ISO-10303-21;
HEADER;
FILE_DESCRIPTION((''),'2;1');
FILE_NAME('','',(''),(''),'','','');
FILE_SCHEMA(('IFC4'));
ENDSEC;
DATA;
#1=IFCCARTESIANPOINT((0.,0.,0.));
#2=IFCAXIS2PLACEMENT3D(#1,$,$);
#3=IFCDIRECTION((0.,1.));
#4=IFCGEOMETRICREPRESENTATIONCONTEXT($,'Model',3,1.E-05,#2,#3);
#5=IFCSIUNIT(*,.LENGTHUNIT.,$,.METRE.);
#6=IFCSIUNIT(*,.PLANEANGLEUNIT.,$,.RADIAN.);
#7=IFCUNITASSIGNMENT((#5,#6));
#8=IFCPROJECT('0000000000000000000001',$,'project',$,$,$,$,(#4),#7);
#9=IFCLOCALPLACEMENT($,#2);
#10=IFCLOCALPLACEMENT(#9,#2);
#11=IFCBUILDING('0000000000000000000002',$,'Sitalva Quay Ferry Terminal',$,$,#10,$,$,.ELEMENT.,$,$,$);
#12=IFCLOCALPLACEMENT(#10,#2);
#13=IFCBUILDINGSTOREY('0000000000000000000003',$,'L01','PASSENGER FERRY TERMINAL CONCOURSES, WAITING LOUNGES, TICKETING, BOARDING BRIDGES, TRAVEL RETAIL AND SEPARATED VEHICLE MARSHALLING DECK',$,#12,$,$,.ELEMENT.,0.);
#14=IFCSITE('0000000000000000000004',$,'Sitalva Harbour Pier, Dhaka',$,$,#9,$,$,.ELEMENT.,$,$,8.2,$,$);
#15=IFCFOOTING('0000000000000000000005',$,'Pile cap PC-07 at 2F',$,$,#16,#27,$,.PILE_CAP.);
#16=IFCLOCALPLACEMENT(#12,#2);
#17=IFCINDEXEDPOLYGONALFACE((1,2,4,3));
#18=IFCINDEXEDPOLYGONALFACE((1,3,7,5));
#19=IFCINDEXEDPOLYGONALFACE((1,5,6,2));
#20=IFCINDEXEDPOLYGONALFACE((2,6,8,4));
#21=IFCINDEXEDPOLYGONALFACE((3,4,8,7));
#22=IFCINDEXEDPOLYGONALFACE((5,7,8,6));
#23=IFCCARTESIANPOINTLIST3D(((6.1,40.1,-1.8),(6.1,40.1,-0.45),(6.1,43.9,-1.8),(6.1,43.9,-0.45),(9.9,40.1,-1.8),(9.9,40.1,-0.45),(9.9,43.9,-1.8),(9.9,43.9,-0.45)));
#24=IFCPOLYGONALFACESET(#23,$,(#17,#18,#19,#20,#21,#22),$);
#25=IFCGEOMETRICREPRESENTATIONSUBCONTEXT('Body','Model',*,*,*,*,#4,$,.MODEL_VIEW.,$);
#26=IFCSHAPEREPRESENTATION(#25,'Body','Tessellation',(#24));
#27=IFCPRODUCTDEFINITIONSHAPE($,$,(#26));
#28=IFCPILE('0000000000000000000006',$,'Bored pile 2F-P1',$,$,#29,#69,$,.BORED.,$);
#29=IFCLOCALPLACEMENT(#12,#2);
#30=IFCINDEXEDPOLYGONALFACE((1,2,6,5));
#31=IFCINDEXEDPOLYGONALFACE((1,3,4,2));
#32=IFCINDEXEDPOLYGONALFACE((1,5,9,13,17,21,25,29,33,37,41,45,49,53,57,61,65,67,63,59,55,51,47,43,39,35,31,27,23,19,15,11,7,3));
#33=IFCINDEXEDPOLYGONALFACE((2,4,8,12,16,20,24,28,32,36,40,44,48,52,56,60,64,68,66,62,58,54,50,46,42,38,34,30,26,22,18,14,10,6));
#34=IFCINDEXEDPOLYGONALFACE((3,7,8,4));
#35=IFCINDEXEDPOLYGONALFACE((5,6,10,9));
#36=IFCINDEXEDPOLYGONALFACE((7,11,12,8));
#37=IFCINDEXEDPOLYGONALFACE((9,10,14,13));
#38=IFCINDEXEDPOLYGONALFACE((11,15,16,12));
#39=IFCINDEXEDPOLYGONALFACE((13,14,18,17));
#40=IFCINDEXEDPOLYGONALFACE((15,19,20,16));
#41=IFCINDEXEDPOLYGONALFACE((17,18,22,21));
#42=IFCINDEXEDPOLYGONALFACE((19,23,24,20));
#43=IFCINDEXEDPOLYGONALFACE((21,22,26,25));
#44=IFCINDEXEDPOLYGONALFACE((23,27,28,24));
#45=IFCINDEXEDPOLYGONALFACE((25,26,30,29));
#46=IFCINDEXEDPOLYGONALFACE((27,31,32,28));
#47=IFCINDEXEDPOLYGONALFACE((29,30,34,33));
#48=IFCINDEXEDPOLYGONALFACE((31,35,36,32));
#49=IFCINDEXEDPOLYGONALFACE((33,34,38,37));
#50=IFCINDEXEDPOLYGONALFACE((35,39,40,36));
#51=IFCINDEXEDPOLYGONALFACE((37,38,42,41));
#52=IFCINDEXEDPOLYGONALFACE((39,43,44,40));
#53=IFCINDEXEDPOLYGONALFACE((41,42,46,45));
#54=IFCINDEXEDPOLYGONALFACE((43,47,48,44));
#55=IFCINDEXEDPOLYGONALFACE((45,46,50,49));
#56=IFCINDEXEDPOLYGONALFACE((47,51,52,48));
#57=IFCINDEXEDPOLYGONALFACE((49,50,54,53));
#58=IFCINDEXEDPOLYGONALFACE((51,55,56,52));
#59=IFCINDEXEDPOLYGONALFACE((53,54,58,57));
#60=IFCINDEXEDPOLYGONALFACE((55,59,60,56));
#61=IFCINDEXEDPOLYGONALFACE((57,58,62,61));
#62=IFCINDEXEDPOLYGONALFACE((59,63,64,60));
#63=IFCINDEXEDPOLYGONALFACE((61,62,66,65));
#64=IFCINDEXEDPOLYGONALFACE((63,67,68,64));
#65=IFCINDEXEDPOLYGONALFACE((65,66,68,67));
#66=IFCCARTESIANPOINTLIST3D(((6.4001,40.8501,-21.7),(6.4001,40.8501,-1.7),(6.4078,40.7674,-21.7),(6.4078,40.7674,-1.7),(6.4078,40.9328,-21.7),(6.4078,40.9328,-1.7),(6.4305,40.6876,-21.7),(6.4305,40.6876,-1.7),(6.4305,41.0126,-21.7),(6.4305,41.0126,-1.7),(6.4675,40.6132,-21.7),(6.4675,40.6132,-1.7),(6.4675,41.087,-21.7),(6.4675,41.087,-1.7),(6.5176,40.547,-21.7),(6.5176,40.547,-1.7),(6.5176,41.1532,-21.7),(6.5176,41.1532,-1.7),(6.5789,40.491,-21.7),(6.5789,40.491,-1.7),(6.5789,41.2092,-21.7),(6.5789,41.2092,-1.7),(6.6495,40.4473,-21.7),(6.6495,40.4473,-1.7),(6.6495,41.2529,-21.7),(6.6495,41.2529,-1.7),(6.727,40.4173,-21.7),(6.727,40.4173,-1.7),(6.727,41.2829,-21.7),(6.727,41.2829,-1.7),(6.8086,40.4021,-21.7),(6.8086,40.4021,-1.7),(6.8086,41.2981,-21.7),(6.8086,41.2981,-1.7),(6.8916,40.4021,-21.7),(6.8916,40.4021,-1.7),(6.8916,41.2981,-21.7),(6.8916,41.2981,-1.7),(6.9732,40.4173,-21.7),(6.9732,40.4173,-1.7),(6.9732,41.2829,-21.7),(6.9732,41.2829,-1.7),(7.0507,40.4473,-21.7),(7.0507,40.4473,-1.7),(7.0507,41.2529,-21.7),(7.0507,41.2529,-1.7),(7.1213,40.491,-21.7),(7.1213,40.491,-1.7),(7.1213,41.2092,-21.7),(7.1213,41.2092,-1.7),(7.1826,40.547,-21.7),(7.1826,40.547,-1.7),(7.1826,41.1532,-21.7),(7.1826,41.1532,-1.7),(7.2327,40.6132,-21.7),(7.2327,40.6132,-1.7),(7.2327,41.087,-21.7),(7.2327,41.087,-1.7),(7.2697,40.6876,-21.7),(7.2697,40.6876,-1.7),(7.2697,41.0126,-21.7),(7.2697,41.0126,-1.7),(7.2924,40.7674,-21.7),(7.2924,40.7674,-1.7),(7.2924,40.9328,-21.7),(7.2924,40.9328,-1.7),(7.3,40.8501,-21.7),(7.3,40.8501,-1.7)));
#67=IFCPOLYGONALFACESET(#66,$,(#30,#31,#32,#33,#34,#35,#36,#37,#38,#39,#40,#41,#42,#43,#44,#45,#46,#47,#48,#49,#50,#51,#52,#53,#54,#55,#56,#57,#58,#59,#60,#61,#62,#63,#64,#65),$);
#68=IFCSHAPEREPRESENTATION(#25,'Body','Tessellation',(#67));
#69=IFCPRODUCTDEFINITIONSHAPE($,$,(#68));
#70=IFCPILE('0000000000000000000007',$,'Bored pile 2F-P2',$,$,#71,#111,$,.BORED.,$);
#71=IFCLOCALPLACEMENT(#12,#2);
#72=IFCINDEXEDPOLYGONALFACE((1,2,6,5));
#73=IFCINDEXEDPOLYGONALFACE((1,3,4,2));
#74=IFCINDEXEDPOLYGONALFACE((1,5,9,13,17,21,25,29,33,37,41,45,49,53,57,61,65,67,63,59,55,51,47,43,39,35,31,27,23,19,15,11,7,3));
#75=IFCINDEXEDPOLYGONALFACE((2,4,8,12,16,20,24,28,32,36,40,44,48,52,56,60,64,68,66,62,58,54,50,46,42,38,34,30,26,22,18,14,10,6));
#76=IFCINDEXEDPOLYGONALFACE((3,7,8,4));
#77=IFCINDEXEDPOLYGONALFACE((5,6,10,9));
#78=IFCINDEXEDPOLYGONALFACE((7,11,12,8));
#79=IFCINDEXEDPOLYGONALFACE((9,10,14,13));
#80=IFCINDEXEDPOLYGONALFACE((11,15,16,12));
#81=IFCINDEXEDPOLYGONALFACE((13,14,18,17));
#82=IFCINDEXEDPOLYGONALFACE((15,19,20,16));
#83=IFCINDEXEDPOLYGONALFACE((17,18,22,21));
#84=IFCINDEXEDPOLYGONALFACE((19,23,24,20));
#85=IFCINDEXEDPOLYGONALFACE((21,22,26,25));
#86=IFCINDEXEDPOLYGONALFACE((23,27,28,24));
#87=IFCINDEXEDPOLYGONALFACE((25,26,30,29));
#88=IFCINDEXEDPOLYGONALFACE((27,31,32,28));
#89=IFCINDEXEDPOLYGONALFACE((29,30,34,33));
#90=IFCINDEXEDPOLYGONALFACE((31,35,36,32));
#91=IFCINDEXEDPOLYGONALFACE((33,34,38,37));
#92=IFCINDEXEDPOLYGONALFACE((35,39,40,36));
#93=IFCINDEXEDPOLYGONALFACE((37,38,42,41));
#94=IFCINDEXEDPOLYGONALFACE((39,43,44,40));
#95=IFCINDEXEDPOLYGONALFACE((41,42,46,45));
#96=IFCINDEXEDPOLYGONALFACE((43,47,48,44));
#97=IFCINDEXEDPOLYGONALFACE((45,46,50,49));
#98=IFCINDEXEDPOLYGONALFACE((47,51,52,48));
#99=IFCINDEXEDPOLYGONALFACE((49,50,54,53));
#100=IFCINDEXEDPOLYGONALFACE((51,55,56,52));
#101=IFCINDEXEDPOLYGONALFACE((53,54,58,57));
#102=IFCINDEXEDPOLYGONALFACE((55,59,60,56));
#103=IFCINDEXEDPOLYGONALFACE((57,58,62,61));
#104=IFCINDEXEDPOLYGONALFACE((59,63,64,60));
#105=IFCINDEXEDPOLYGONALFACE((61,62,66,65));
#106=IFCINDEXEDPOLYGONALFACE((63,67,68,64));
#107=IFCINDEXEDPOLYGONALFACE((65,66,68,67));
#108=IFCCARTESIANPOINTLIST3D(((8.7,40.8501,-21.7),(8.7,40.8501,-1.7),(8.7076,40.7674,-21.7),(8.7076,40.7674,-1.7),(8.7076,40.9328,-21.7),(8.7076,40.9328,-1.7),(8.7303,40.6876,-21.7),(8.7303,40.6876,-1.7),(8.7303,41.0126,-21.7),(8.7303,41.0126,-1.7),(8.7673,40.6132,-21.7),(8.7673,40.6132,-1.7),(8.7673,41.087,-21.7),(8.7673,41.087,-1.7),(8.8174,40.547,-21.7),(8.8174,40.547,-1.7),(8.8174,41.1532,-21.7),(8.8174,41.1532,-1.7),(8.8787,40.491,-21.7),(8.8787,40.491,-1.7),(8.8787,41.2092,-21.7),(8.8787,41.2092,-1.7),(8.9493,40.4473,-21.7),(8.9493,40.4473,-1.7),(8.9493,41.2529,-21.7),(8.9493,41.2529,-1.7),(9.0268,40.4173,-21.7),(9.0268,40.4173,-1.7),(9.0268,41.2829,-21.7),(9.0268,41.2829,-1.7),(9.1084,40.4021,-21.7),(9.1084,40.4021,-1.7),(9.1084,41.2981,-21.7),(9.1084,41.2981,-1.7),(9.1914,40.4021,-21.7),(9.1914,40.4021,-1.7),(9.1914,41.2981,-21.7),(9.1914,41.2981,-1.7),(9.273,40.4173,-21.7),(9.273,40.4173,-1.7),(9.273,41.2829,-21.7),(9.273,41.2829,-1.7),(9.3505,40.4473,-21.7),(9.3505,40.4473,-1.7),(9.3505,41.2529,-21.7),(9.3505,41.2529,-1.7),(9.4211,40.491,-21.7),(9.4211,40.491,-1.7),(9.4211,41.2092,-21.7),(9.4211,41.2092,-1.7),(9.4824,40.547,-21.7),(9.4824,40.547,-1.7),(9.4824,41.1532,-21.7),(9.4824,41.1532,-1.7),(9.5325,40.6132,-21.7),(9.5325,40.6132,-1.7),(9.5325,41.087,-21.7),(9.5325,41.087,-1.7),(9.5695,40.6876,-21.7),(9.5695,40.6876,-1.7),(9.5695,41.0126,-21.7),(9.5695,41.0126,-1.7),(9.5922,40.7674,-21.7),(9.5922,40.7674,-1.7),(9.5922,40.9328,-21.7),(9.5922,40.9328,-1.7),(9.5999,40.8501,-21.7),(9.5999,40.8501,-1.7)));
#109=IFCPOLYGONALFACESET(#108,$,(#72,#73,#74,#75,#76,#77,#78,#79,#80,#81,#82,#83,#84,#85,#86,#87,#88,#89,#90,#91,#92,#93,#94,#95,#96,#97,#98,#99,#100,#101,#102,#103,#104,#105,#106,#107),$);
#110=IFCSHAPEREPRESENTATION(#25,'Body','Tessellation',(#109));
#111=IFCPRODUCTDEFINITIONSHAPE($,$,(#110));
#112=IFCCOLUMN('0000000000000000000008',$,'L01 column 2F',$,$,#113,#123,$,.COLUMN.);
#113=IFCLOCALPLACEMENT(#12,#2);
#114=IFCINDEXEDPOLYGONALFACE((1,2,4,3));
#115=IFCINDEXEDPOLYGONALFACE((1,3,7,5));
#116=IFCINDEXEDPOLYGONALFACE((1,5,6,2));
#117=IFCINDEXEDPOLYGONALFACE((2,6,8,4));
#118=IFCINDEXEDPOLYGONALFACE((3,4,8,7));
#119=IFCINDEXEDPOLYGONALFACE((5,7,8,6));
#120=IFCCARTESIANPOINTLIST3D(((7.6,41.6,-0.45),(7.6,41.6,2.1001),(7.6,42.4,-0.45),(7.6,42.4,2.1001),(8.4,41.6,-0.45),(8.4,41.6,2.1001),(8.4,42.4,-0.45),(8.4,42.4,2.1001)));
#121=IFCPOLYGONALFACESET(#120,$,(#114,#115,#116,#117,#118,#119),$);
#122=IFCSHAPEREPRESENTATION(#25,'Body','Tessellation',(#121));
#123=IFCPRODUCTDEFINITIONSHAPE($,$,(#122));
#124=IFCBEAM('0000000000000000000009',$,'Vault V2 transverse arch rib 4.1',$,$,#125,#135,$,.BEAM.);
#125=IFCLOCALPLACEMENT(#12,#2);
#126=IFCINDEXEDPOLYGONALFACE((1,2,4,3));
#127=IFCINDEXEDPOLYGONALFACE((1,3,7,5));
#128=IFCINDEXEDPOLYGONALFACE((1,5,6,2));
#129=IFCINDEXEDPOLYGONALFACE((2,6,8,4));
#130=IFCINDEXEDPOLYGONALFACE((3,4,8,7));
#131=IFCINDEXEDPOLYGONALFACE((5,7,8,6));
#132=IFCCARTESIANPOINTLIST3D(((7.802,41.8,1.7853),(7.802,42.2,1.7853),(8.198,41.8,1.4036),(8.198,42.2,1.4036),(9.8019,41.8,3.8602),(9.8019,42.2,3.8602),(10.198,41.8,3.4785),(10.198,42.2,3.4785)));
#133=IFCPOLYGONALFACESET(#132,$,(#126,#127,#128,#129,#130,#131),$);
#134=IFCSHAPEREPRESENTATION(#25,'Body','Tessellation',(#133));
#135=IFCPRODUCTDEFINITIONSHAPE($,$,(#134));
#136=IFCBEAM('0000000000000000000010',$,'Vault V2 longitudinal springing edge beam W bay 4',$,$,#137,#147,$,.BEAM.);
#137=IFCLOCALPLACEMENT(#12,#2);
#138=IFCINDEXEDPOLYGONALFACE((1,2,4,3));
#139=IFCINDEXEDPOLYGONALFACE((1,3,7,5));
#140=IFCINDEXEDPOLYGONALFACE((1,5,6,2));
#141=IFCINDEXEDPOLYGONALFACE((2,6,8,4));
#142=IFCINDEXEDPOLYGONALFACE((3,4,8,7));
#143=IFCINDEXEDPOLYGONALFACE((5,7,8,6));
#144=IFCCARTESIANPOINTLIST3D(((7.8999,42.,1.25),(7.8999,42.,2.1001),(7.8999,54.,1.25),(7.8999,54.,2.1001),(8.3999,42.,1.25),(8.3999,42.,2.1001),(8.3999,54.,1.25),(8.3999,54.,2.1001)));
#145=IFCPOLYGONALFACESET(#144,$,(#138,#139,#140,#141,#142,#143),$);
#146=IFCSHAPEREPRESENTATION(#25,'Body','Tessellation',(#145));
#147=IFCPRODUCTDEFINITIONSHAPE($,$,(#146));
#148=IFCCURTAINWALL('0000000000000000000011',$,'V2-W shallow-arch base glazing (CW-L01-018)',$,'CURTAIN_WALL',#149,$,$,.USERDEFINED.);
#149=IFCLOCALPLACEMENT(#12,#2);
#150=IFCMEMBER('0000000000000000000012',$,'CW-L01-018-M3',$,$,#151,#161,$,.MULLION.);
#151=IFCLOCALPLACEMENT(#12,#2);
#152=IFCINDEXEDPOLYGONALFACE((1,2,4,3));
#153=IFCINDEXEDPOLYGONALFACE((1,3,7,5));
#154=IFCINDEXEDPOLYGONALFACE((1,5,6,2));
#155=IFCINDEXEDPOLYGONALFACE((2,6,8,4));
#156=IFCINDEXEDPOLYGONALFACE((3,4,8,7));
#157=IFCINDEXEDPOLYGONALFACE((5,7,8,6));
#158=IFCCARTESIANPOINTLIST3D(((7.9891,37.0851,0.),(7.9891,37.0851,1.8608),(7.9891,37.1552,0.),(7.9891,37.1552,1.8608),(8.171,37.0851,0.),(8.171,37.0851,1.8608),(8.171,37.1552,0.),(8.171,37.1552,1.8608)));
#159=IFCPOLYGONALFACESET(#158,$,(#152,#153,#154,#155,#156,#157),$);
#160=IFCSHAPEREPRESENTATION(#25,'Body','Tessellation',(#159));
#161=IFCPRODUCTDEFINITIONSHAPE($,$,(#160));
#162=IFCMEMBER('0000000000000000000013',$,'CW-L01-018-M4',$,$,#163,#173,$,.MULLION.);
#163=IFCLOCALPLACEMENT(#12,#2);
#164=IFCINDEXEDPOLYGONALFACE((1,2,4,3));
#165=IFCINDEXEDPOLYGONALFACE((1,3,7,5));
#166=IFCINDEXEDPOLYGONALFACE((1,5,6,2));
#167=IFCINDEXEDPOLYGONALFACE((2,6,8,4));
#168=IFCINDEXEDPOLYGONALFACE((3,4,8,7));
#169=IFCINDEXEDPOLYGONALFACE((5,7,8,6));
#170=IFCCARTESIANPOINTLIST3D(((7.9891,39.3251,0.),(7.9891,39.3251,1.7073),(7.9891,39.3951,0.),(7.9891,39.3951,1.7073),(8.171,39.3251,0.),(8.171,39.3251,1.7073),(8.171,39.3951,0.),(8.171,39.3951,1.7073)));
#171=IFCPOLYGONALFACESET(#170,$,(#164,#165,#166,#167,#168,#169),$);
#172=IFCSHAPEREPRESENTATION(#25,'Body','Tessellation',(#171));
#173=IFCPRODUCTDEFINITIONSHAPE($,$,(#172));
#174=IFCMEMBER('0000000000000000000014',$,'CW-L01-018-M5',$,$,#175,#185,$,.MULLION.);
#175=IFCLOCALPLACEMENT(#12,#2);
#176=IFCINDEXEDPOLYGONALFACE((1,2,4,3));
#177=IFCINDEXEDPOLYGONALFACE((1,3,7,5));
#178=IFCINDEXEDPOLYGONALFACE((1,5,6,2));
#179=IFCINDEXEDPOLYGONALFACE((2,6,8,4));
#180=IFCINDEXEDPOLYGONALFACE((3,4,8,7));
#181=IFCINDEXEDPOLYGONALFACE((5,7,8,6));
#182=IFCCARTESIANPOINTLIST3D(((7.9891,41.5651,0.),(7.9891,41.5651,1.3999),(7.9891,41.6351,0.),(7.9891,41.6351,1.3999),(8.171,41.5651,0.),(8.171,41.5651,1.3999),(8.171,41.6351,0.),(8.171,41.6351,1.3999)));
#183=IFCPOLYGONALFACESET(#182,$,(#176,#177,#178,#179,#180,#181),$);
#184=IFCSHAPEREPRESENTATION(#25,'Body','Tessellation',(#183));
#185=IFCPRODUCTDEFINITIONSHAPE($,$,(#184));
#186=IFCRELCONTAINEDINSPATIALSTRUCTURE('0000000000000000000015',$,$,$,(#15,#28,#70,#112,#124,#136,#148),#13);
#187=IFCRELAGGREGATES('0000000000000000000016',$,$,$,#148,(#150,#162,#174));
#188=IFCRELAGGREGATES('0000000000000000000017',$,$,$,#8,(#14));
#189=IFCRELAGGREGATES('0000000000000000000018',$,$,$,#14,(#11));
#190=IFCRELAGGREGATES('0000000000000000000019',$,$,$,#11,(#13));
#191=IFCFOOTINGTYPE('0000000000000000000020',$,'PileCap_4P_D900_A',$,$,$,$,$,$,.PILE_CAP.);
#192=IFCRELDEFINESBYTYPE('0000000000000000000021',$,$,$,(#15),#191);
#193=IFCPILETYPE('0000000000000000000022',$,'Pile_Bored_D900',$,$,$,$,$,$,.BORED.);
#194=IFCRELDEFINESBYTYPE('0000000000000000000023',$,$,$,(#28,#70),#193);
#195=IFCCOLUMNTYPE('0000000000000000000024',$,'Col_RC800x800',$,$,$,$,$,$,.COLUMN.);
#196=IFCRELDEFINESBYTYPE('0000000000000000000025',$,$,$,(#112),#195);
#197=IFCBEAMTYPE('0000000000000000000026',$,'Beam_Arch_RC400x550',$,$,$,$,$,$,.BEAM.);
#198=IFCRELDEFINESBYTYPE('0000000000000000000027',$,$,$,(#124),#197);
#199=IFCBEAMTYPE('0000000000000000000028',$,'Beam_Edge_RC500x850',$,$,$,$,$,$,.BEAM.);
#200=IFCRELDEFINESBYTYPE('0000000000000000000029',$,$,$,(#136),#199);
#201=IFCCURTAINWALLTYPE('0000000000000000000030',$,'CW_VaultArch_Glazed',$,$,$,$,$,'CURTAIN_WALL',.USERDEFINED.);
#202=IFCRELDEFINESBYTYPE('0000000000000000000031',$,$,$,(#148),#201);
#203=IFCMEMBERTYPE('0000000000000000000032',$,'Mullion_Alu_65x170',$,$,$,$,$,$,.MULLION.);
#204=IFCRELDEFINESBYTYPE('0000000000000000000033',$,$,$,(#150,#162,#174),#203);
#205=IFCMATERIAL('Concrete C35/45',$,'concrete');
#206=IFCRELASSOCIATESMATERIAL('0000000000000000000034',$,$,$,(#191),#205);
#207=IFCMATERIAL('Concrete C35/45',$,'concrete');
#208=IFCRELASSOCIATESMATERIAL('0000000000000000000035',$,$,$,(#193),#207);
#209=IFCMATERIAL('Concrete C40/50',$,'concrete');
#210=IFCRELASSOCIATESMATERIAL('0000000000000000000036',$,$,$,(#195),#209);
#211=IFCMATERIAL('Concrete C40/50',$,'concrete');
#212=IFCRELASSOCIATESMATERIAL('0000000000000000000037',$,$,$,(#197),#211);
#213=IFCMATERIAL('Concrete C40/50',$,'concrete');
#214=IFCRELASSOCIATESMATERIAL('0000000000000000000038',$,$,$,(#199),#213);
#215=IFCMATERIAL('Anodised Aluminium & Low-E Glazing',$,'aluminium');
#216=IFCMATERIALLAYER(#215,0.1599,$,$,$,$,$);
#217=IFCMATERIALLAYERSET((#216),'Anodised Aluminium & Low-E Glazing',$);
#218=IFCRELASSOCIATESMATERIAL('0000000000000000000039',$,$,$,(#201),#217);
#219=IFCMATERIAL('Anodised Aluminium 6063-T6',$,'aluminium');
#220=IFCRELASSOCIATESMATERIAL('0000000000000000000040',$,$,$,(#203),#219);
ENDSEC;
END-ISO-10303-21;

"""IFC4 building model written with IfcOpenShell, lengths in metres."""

from ifc_helpers import new_model, si_unit, direction, frame, origin, origin_2d, place, context, subcontext, project, spatial, rectangle, circle, extrude, material, layer, layer_set, material_profile, profile_set, type_object, element, aggregate, save


model = new_model("IFC4")

# Units and contexts
model_context = context("Model", 3, precision=1e-05, world=origin(), true_north=direction((0.0, 1.0)))
body_context = subcontext(model_context, "Body", "Model", "MODEL_VIEW")
ifc_project = project(units=[si_unit("LENGTHUNIT", "METRE"), si_unit("PLANEANGLEUNIT", "RADIAN")], contexts=[model_context])

# Site, building, storey
site_placement = place(None, origin())
site = spatial("IfcSite", under=ifc_project, at=site_placement, Name="Sitalva Harbour Pier, Dhaka", CompositionType="ELEMENT", RefElevation=8.2)
building_placement = place(site_placement, origin())
building = spatial("IfcBuilding", under=site, at=building_placement, Name="Sitalva Quay Ferry Terminal", CompositionType="ELEMENT")
storey_placement = place(building_placement, origin())
storey = spatial("IfcBuildingStorey", under=building, at=storey_placement, Name="L01", Description="PASSENGER FERRY TERMINAL CONCOURSES, WAITING LOUNGES, TICKETING, BOARDING BRIDGES, TRAVEL RETAIL AND SEPARATED VEHICLE MARSHALLING DECK", CompositionType="ELEMENT", Elevation=0.0)

# Footing
ifc_material_1 = material(Name="Concrete C35/45", Category="concrete")
footing_type = type_object("IfcFootingType", Name="PileCap_4P_D900_A", PredefinedType="PILE_CAP", material=ifc_material_1)
footing_placement = place(storey_placement, frame((8.0, 42.0, -1.8), z_axis=(0.0, 0.0, 1.0), x_axis=(1.0, 0.0, 0.0)))
element("IfcFooting", 1, at=footing_placement, inside=storey, type_object=footing_type, Name="Pile cap PC-07 at 2F", PredefinedType="PILE_CAP", context=body_context, shape_type="SweptSolid", body=[
    extrude(rectangle(XDim=3.8, YDim=3.8, at=origin_2d()), origin(), (0.0, 0.0, 1.0), 1.3501),
])

# Piles
ifc_material_2 = material(Name="Concrete C35/45", Category="concrete")
ifc_material_profile_1 = material_profile(ifc_material_2, circle(Radius=0.45, at=origin_2d()), Name="PILE-D900")
ifc_profile_set_1 = profile_set([ifc_material_profile_1], Name="Concrete C35/45")
pile_type = type_object("IfcPileType", Name="Pile_Bored_D900", PredefinedType="BORED", material=ifc_profile_set_1)
for number, where, z_axis, x_axis, name in (
    (2, (6.8501, 40.8501, -1.7), (0.0, 0.0, -1.0), (1.0, 0.0, 0.0), "Bored pile 2F-P1"),
    (3, (9.1499, 40.8501, -1.7), (0.0, 0.0, -1.0), (1.0, 0.0, 0.0), "Bored pile 2F-P2"),
):
    element("IfcPile", number, at=place(storey_placement, frame(where, z_axis=z_axis, x_axis=x_axis)), inside=storey, type_object=pile_type, Name=name, PredefinedType="BORED", context=body_context, shape_type="SweptSolid", body=[
        extrude(circle(Radius=0.45, at=origin_2d()), origin(), (0.0, 0.0, 1.0), 20.0),
    ])

# Column
ifc_material_3 = material(Name="Concrete C40/50", Category="concrete")
ifc_material_profile_2 = material_profile(ifc_material_3, rectangle(XDim=0.8, YDim=0.8, at=origin_2d()), Name="RC800x800")
ifc_profile_set_2 = profile_set([ifc_material_profile_2], Name="Concrete C40/50")
column_type = type_object("IfcColumnType", Name="Col_RC800x800", PredefinedType="COLUMN", material=ifc_profile_set_2)
column_placement = place(storey_placement, frame((8.0, 42.0, -0.45), z_axis=(0.0, 0.0, 1.0), x_axis=(1.0, 0.0, 0.0)))
element("IfcColumn", 4, at=column_placement, inside=storey, type_object=column_type, Name="L01 column 2F", PredefinedType="COLUMN", context=body_context, shape_type="SweptSolid", body=[
    extrude(rectangle(XDim=0.8, YDim=0.8, at=origin_2d()), origin(), (0.0, 0.0, 1.0), 2.55),
])

# Beams
ifc_material_4 = material(Name="Concrete C40/50", Category="concrete")
ifc_material_profile_3 = material_profile(ifc_material_4, rectangle(XDim=0.3999, YDim=0.55, at=origin_2d()), Name="RC400x550")
ifc_profile_set_3 = profile_set([ifc_material_profile_3], Name="Concrete C40/50")
beam_type_1 = type_object("IfcBeamType", Name="Beam_Arch_RC400x550", PredefinedType="BEAM", material=ifc_profile_set_3)
beam_1_placement = place(storey_placement, frame((8.0, 42.0, 1.5945), z_axis=(0.693983, 0.0, 0.719991), x_axis=(0.0, 1.0, 0.0)))
element("IfcBeam", 5, at=beam_1_placement, inside=storey, type_object=beam_type_1, Name="Vault V2 transverse arch rib 4.1", PredefinedType="BEAM", context=body_context, shape_type="SweptSolid", body=[
    extrude(rectangle(XDim=0.3999, YDim=0.55, at=origin_2d()), origin(), (0.0, 0.0, 1.0), 2.8818),
])
ifc_material_5 = material(Name="Concrete C40/50", Category="concrete")
ifc_material_profile_4 = material_profile(ifc_material_5, rectangle(XDim=0.5, YDim=0.8501, at=origin_2d()), Name="RC500x850")
ifc_profile_set_4 = profile_set([ifc_material_profile_4], Name="Concrete C40/50")
beam_type_2 = type_object("IfcBeamType", Name="Beam_Edge_RC500x850", PredefinedType="BEAM", material=ifc_profile_set_4)
beam_2_placement = place(storey_placement, frame((8.1499, 42.0, 1.675), z_axis=(0.0, 1.0, 0.0), x_axis=(-1.0, 0.0, 0.0)))
element("IfcBeam", 6, at=beam_2_placement, inside=storey, type_object=beam_type_2, Name="Vault V2 longitudinal springing edge beam W bay 4", PredefinedType="BEAM", context=body_context, shape_type="SweptSolid", body=[
    extrude(rectangle(XDim=0.5, YDim=0.8501, at=origin_2d()), origin(), (0.0, 0.0, 1.0), 12.0),
])

# Curtain wall, members
ifc_material_6 = material(Name="Anodised Aluminium & Low-E Glazing", Category="aluminium")
ifc_layer_1 = layer(ifc_material_6, 0.1599)
ifc_layer_set_1 = layer_set([ifc_layer_1], Name="Anodised Aluminium & Low-E Glazing")
curtain_wall_type = type_object("IfcCurtainWallType", Name="CW_VaultArch_Glazed", ElementType="CURTAIN_WALL", PredefinedType="USERDEFINED", material=ifc_layer_set_1)
curtain_wall_placement = place(storey_placement, origin())
curtain_wall = element("IfcCurtainWall", 7, at=curtain_wall_placement, inside=storey, type_object=curtain_wall_type, Name="V2-W shallow-arch base glazing (CW-L01-018)", ObjectType="CURTAIN_WALL", PredefinedType="USERDEFINED")
ifc_material_7 = material(Name="Anodised Aluminium 6063-T6", Category="aluminium")
ifc_material_profile_5 = material_profile(ifc_material_7, rectangle(XDim=0.0701, YDim=0.1819, at=origin_2d()), Name="ALU70x182")
ifc_profile_set_5 = profile_set([ifc_material_profile_5], Name="Anodised Aluminium 6063-T6")
member_type_1 = type_object("IfcMemberType", Name="Mullion_Alu_65x170", PredefinedType="MULLION", material=ifc_profile_set_5)
member_1_placement = place(storey_placement, frame((8.0801, 37.1201, 0.0), z_axis=(0.0, 0.0, 1.0), x_axis=(0.0, 1.0, 0.0)))
member_1 = element("IfcMember", 8, at=member_1_placement, type_object=member_type_1, Name="CW-L01-018-M3", PredefinedType="MULLION", context=body_context, shape_type="SweptSolid", body=[
    extrude(rectangle(XDim=0.0701, YDim=0.1819, at=origin_2d()), origin(), (0.0, 0.0, 1.0), 1.8608),
])
member_2_placement = place(storey_placement, frame((8.0801, 39.3601, 0.0), z_axis=(0.0, 0.0, 1.0), x_axis=(0.0, 1.0, 0.0)))
member_2 = element("IfcMember", 9, at=member_2_placement, type_object=member_type_1, Name="CW-L01-018-M4", PredefinedType="MULLION", context=body_context, shape_type="SweptSolid", body=[
    extrude(rectangle(XDim=0.0701, YDim=0.1819, at=origin_2d()), origin(), (0.0, 0.0, 1.0), 1.7073),
])
member_3_placement = place(storey_placement, frame((8.0801, 41.6001, 0.0), z_axis=(0.0, 0.0, 1.0), x_axis=(0.0, 1.0, 0.0)))
member_3 = element("IfcMember", 10, at=member_3_placement, type_object=member_type_1, Name="CW-L01-018-M5", PredefinedType="MULLION", context=body_context, shape_type="SweptSolid", body=[
    extrude(rectangle(XDim=0.0701, YDim=0.1819, at=origin_2d()), origin(), (0.0, 0.0, 1.0), 1.3999),
])
aggregate(curtain_wall, [member_1, member_2, member_3])

save(model, "model.ifc")
